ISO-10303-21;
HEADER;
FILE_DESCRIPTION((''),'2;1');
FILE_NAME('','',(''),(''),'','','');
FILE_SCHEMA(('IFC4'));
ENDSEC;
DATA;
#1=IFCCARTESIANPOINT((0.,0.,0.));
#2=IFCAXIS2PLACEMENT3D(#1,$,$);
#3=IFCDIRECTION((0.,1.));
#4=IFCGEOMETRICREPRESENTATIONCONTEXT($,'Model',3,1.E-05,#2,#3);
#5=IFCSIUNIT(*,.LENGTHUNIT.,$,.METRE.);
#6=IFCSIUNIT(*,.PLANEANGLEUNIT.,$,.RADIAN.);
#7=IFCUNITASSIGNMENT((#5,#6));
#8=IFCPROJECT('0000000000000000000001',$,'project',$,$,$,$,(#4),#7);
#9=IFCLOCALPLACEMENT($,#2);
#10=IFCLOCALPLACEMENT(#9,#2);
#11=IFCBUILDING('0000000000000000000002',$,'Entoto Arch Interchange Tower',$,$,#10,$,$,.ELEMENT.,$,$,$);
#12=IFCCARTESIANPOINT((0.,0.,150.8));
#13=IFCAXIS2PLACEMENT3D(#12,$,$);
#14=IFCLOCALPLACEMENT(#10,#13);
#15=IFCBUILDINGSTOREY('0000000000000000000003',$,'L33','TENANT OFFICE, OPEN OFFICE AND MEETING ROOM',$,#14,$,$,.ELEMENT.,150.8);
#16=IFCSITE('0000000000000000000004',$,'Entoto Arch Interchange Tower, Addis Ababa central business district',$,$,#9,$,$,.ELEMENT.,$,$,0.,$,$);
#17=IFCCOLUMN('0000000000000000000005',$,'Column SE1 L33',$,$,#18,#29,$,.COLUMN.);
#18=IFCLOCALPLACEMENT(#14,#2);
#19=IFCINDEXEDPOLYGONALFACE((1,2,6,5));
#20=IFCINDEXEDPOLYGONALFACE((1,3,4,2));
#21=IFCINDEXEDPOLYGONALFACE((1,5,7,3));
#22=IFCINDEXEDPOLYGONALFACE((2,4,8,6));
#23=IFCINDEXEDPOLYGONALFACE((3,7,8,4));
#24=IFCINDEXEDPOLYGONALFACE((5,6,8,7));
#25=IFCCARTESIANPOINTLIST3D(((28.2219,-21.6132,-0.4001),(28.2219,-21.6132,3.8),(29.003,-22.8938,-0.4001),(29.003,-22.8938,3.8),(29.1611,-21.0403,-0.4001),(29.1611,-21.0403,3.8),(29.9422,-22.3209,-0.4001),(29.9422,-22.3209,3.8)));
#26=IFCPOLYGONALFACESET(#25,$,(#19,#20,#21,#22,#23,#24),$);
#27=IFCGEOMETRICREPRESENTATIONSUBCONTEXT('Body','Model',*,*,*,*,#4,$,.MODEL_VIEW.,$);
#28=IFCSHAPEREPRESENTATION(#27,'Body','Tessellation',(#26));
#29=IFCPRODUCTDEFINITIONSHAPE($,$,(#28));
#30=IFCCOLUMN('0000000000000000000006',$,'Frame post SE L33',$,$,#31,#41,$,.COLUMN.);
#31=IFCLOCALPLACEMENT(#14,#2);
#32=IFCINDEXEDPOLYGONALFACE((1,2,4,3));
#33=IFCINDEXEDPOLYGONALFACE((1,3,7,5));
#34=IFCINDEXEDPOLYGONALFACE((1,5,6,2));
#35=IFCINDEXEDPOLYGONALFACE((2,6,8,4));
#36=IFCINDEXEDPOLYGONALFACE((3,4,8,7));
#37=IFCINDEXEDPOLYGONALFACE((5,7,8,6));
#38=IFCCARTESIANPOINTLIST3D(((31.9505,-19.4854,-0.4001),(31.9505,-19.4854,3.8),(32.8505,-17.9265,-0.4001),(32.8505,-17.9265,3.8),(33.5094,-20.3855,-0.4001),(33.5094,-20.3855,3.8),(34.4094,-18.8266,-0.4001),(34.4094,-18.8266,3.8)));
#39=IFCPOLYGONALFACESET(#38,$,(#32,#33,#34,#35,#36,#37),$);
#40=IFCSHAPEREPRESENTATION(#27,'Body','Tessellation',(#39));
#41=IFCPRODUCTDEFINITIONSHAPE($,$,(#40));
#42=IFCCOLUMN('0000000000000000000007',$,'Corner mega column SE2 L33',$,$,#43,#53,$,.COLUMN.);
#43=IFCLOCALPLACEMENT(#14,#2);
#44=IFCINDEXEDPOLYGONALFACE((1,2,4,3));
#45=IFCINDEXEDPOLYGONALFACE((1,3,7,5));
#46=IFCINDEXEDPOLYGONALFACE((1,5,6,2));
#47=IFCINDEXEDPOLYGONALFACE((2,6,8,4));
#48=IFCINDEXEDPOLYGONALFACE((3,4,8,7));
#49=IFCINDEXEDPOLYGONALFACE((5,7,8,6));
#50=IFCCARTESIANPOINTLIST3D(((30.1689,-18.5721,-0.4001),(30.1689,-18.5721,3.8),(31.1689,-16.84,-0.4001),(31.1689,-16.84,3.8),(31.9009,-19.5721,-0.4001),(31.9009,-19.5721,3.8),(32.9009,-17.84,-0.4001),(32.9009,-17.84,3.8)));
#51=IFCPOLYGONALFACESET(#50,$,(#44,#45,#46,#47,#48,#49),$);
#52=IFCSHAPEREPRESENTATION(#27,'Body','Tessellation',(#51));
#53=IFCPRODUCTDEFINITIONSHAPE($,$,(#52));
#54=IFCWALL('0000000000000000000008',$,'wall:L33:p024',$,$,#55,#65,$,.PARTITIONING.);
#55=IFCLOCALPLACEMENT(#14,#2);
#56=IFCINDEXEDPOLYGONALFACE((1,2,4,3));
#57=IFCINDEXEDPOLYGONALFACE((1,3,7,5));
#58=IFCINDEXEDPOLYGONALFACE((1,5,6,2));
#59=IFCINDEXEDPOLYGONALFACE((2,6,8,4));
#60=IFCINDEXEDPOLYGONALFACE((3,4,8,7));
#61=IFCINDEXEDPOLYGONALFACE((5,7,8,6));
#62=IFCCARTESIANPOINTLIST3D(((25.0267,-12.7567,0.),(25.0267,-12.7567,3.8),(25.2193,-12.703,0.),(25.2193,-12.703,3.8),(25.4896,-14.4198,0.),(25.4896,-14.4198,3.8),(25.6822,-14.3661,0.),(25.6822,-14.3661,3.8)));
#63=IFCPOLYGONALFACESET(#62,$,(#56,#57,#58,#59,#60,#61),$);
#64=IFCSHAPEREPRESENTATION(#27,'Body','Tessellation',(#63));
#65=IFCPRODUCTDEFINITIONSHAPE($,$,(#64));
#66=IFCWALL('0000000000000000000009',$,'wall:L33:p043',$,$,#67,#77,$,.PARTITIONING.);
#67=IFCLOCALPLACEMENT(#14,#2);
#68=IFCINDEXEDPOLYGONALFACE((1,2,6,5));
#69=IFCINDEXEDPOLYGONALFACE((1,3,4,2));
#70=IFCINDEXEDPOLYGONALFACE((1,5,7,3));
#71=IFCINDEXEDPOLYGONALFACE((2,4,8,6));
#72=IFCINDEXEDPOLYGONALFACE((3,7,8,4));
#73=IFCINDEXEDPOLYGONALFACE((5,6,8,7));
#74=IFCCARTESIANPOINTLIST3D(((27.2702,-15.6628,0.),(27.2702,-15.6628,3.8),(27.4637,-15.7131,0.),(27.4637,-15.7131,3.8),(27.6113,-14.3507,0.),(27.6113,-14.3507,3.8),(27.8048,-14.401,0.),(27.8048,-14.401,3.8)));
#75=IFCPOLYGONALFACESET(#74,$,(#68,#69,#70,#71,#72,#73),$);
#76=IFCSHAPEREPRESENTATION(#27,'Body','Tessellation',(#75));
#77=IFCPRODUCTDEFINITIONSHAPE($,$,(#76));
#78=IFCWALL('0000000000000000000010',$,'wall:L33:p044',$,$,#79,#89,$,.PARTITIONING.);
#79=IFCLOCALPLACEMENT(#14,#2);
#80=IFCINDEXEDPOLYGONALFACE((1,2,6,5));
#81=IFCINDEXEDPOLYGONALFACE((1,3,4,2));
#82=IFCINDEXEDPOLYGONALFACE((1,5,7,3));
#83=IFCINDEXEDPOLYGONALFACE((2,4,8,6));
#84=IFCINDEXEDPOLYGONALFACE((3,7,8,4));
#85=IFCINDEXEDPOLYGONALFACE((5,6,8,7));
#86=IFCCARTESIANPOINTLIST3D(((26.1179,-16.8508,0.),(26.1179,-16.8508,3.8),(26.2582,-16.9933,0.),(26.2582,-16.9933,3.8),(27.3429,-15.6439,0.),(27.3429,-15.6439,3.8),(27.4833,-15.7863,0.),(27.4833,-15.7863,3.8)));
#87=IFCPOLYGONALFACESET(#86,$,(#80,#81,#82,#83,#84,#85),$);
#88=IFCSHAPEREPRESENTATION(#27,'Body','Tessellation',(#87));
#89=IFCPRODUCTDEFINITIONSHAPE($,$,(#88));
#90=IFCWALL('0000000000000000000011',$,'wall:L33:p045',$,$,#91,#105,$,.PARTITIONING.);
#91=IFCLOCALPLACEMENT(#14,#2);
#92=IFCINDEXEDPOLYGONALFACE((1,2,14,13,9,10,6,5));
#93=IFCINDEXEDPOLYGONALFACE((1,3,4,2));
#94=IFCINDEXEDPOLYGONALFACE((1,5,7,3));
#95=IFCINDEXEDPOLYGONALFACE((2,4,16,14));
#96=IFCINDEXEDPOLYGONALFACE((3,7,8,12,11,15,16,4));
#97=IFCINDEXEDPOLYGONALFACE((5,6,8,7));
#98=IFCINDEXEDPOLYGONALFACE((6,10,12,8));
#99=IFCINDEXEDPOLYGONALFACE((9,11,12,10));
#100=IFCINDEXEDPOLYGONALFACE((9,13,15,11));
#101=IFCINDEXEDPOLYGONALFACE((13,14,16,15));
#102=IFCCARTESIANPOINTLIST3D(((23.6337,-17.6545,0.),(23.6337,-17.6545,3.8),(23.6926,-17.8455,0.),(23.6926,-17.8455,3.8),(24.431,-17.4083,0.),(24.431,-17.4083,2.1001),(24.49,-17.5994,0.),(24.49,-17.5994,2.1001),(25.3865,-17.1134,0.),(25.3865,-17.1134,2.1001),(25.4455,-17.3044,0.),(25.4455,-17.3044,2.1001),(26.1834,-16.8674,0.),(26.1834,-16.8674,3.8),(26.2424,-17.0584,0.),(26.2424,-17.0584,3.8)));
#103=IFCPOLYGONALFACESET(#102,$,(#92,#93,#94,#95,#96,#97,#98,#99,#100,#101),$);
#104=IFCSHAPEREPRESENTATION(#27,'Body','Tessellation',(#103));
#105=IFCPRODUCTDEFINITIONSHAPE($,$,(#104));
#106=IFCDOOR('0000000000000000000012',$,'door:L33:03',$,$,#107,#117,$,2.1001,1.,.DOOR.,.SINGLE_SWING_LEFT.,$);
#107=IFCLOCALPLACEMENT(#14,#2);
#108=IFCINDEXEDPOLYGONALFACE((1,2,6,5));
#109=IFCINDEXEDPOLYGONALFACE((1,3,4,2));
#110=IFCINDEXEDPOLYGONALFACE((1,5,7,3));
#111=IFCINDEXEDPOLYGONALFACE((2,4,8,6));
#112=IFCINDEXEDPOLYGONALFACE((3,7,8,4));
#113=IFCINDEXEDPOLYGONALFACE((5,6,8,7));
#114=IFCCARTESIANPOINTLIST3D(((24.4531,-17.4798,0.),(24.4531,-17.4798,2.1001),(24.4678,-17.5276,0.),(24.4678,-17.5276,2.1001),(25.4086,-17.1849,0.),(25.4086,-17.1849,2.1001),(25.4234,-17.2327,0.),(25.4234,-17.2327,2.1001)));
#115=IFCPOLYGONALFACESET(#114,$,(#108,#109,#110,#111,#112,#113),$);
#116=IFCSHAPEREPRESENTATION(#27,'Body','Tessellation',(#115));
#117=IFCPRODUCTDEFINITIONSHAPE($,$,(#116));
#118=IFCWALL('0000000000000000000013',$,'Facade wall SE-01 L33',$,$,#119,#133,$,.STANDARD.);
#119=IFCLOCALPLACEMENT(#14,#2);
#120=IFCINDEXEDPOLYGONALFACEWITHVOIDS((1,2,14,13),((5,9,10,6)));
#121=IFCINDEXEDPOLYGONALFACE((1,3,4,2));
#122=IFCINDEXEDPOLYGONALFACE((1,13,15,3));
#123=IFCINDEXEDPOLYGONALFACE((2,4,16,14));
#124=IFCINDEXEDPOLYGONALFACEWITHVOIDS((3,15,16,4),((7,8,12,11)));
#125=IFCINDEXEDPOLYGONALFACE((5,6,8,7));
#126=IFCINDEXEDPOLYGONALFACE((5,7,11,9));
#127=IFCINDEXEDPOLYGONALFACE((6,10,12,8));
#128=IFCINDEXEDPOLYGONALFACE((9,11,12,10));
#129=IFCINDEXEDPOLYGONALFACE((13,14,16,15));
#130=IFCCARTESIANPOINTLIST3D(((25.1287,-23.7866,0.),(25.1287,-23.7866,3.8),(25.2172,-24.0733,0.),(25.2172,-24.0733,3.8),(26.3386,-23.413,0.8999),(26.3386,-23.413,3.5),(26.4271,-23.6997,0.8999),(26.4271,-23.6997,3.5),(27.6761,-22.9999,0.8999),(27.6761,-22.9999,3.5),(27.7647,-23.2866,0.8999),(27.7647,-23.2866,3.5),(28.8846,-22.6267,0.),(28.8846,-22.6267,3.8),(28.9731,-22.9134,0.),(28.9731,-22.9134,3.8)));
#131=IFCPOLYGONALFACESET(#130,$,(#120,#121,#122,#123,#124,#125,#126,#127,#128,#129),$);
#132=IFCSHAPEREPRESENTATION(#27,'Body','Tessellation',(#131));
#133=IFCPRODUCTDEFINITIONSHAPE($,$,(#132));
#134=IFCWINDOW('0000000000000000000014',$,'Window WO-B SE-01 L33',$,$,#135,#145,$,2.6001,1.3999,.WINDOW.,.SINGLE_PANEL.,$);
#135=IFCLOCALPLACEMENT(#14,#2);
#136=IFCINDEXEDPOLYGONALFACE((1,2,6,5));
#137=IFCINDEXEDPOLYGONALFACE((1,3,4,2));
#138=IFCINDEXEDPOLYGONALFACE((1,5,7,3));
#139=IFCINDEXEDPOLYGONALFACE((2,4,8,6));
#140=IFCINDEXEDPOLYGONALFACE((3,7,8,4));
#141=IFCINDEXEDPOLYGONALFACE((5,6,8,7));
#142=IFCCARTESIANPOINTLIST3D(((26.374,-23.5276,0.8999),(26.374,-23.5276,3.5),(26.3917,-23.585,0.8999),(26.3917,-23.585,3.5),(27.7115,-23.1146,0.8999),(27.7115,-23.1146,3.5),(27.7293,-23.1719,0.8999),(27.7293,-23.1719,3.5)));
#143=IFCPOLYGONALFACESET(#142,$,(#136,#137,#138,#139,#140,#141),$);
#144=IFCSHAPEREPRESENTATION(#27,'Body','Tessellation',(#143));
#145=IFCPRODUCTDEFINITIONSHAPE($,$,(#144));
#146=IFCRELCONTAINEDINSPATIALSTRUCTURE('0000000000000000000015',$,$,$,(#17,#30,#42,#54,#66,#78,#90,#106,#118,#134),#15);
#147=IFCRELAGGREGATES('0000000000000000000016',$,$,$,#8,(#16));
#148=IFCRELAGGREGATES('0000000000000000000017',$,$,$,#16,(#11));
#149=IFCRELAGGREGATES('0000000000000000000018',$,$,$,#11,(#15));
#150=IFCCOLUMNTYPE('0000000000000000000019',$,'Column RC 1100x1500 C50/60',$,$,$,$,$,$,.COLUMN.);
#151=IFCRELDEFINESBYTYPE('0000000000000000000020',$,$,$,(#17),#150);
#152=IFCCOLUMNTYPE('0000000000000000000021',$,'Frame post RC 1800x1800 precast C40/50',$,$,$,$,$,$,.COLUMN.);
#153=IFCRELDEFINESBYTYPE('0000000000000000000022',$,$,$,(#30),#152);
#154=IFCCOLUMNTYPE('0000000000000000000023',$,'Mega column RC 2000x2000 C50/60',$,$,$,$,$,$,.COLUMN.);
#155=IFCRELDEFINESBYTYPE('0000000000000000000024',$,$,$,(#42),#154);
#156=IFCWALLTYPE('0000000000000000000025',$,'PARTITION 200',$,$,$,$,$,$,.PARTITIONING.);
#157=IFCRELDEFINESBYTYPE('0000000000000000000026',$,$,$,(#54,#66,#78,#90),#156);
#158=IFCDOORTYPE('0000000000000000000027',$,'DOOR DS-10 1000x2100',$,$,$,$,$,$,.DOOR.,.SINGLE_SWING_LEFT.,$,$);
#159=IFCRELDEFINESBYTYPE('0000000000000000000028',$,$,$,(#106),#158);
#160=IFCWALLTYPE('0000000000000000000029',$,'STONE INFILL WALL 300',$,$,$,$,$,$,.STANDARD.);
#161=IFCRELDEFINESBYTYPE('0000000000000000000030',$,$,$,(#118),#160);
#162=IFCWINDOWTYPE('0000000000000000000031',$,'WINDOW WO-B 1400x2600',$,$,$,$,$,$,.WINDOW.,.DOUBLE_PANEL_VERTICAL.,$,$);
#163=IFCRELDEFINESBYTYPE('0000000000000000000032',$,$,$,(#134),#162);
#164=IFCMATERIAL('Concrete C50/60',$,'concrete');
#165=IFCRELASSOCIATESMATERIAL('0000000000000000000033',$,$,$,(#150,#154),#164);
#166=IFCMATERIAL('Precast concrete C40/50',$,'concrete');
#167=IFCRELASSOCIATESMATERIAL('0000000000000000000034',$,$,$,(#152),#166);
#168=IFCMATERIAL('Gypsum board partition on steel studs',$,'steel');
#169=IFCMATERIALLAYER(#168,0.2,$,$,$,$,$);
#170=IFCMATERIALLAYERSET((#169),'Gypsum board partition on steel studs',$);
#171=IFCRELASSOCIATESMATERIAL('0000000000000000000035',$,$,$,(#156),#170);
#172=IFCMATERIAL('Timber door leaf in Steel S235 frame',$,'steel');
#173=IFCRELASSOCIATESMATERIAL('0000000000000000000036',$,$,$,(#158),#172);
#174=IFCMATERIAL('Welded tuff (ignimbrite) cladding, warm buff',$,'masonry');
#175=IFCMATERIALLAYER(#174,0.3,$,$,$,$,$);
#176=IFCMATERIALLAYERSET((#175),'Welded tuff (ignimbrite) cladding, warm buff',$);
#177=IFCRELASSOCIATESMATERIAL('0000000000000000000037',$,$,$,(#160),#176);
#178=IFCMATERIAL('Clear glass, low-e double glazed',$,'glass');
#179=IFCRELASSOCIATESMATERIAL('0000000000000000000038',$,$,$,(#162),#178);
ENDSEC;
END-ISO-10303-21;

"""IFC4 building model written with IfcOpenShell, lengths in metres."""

from ifc_helpers import new_model, si_unit, direction, frame, frame_2d, origin, origin_2d, place, context, subcontext, project, spatial, rectangle, extrude, material, layer, layer_set, material_profile, profile_set, type_object, element, fill, save


model = new_model("IFC4")

# Units and contexts
model_context = context("Model", 3, precision=1e-05, world=origin(), true_north=direction((0.0, 1.0)))
body_context = subcontext(model_context, "Body", "Model", "MODEL_VIEW")
ifc_project = project(units=[si_unit("LENGTHUNIT", "METRE"), si_unit("PLANEANGLEUNIT", "RADIAN")], contexts=[model_context])

# Site, building, storey
site_placement = place(None, origin())
site = spatial("IfcSite", under=ifc_project, at=site_placement, Name="Entoto Arch Interchange Tower, Addis Ababa central business district", CompositionType="ELEMENT", RefElevation=0.0)
building_placement = place(site_placement, origin())
building = spatial("IfcBuilding", under=site, at=building_placement, Name="Entoto Arch Interchange Tower", CompositionType="ELEMENT")
storey_placement = place(building_placement, frame((0.0, 0.0, 150.8)))
storey = spatial("IfcBuildingStorey", under=building, at=storey_placement, Name="L33", Description="TENANT OFFICE, OPEN OFFICE AND MEETING ROOM", CompositionType="ELEMENT", Elevation=150.8)

# Columns
ifc_material_1 = material(Name="Concrete C50/60", Category="concrete")
ifc_material_profile_1 = material_profile(ifc_material_1, rectangle(XDim=1.1001, YDim=1.5, at=origin_2d()))
ifc_profile_set_1 = profile_set([ifc_material_profile_1], Name="Concrete C50/60")
column_type_1 = type_object("IfcColumnType", Name="Column RC 1100x1500 C50/60", PredefinedType="COLUMN", material=ifc_profile_set_1)
column_1_placement = place(storey_placement, frame((29.082, -21.967, -0.4001), z_axis=(0.0, 0.0, 1.0), x_axis=(0.853714, 0.520741, 0.0)))
element("IfcColumn", 1, at=column_1_placement, inside=storey, type_object=column_type_1, Name="Column SE1 L33", PredefinedType="COLUMN", context=body_context, shape_type="SweptSolid", body=[
    extrude(rectangle(XDim=1.1001, YDim=1.5, at=origin_2d()), origin(), (0.0, 0.0, 1.0), 4.2002),
])
ifc_material_2 = material(Name="Precast concrete C40/50", Category="concrete")
ifc_material_profile_2 = material_profile(ifc_material_2, rectangle(XDim=1.8, YDim=1.8, at=origin_2d()))
ifc_profile_set_2 = profile_set([ifc_material_profile_2], Name="Precast concrete C40/50")
column_type_2 = type_object("IfcColumnType", Name="Frame post RC 1800x1800 precast C40/50", PredefinedType="COLUMN", material=ifc_profile_set_2)
column_2_placement = place(storey_placement, frame((33.1799, -19.156, -0.4001), z_axis=(0.0, 0.0, 1.0), x_axis=(-0.866025, 0.5, 0.0)))
element("IfcColumn", 2, at=column_2_placement, inside=storey, type_object=column_type_2, Name="Frame post SE L33", PredefinedType="COLUMN", context=body_context, shape_type="SweptSolid", body=[
    extrude(rectangle(XDim=1.8, YDim=1.8, at=origin_2d()), origin(), (0.0, 0.0, 1.0), 4.2002),
])
ifc_material_profile_3 = material_profile(ifc_material_1, rectangle(XDim=2.0, YDim=2.0, at=origin_2d()))
ifc_profile_set_3 = profile_set([ifc_material_profile_3], Name="Concrete C50/60")
column_type_3 = type_object("IfcColumnType", Name="Mega column RC 2000x2000 C50/60", PredefinedType="COLUMN", material=ifc_profile_set_3)
column_3_placement = place(storey_placement, frame((31.5349, -18.2061, -0.4001), z_axis=(0.0, 0.0, 1.0), x_axis=(-0.866025, 0.5, 0.0)))
element("IfcColumn", 3, at=column_3_placement, inside=storey, type_object=column_type_3, Name="Corner mega column SE2 L33", PredefinedType="COLUMN", context=body_context, shape_type="SweptSolid", body=[
    extrude(rectangle(XDim=2.0, YDim=2.0, at=origin_2d()), origin(), (0.0, 0.0, 1.0), 4.2002),
])

# Walls
ifc_material_3 = material(Name="Gypsum board partition on steel studs", Category="steel")
ifc_layer_1 = layer(ifc_material_3, 0.2)
ifc_layer_set_1 = layer_set([ifc_layer_1], Name="Gypsum board partition on steel studs")
wall_type_1 = type_object("IfcWallType", Name="PARTITION 200", PredefinedType="PARTITIONING", material=ifc_layer_set_1)
wall_1_placement = place(storey_placement, frame((25.5859, -14.3931, 0.0), z_axis=(0.0, 0.0, 1.0), x_axis=(-0.26814, 0.96338, 0.0)))
element("IfcWall", 4, at=wall_1_placement, inside=storey, type_object=wall_type_1, Name="wall:L33:p024", PredefinedType="PARTITIONING", context=body_context, shape_type="SweptSolid", body=[
    extrude(rectangle(XDim=1.7263, YDim=0.2, at=frame_2d((0.8633, 0.0))), origin(), (0.0, 0.0, 1.0), 3.8),
])
wall_2_placement = place(storey_placement, frame((27.708, -14.376, 0.0), z_axis=(0.0, 0.0, 1.0), x_axis=(-0.251593, -0.967833, 0.0)))
element("IfcWall", 5, at=wall_2_placement, inside=storey, type_object=wall_type_1, Name="wall:L33:p043", PredefinedType="PARTITIONING", context=body_context, shape_type="SweptSolid", body=[
    extrude(rectangle(XDim=1.3557, YDim=0.2, at=frame_2d((0.6777, 0.0))), origin(), (0.0, 0.0, 1.0), 3.8),
])
wall_3_placement = place(storey_placement, frame((27.4131, -15.7151, 0.0), z_axis=(0.0, 0.0, 1.0), x_axis=(-0.71234, -0.701835, 0.0)))
element("IfcWall", 6, at=wall_3_placement, inside=storey, type_object=wall_type_1, Name="wall:L33:p044", PredefinedType="PARTITIONING", context=body_context, shape_type="SweptSolid", body=[
    extrude(rectangle(XDim=1.7197, YDim=0.2, at=frame_2d((0.8599, 0.0))), origin(), (0.0, 0.0, 1.0), 3.8),
])

# Wall, opening, door
wall_4_placement = place(storey_placement, frame((26.2129, -16.9629, 0.0), z_axis=(0.0, 0.0, 1.0), x_axis=(-0.95551, -0.29496, 0.0)))
wall_4 = element("IfcWall", 7, at=wall_4_placement, inside=storey, type_object=wall_type_1, Name="wall:L33:p045", PredefinedType="PARTITIONING", context=body_context, shape_type="SweptSolid", body=[
    extrude(rectangle(XDim=2.6685, YDim=0.2, at=frame_2d((1.3342, 0.0))), origin(), (0.0, 0.0, 1.0), 3.8),
])
opening_1_placement = place(wall_4_placement, frame((0.834, 0.0, 0.0)))
opening_1 = element("IfcOpeningElement", 8, at=opening_1_placement, cuts=wall_4, PredefinedType="OPENING", context=body_context, shape_type="SweptSolid", body=[
    extrude(rectangle(XDim=1.0, YDim=2.1001, at=frame_2d((0.5, 1.05))), frame((0.0, 0.1099, 0.0), z_axis=(0.0, -1.0, 0.0), x_axis=(1.0, 0.0, 0.0)), (0.0, 0.0, 1.0), 0.22),
])
ifc_material_4 = material(Name="Timber door leaf in Steel S235 frame", Category="steel")
door_type = type_object("IfcDoorType", Name="DOOR DS-10 1000x2100", OperationType="SINGLE_SWING_LEFT", PredefinedType="DOOR", material=ifc_material_4)
door_placement = place(opening_1_placement, origin())
door = element("IfcDoor", 9, at=door_placement, inside=storey, type_object=door_type, Name="door:L33:03", OperationType="SINGLE_SWING_LEFT", OverallHeight=2.1001, OverallWidth=1.0, PredefinedType="DOOR", context=body_context, shape_type="SweptSolid", body=[
    extrude(rectangle(XDim=1.0, YDim=2.1001, at=frame_2d((0.5, 1.05))), frame((0.0, 0.0249, 0.0), z_axis=(0.0, -1.0, 0.0), x_axis=(1.0, 0.0, 0.0)), (0.0, 0.0, 1.0), 0.05),
])
fill(opening_1, door)

# Wall, opening, window
ifc_material_5 = material(Name="Welded tuff (ignimbrite) cladding, warm buff", Category="masonry")
ifc_layer_2 = layer(ifc_material_5, 0.3)
ifc_layer_set_2 = layer_set([ifc_layer_2], Name="Welded tuff (ignimbrite) cladding, warm buff")
wall_type_2 = type_object("IfcWallType", Name="STONE INFILL WALL 300", PredefinedType="STANDARD", material=ifc_layer_set_2)
wall_5_placement = place(storey_placement, frame((25.1731, -23.9299, 0.0), z_axis=(0.0, 0.0, 1.0), x_axis=(0.955474, 0.295076, 0.0)))
wall_5 = element("IfcWall", 10, at=wall_5_placement, inside=storey, type_object=wall_type_2, Name="Facade wall SE-01 L33", PredefinedType="STANDARD", context=body_context, shape_type="SweptSolid", body=[
    extrude(rectangle(XDim=3.9309, YDim=0.3, at=frame_2d((1.9653, 0.0))), origin(), (0.0, 0.0, 1.0), 3.8),
])
opening_2_placement = place(wall_5_placement, frame((1.2661, 0.0, 0.8999)))
opening_2 = element("IfcOpeningElement", 11, at=opening_2_placement, cuts=wall_5, PredefinedType="OPENING", context=body_context, shape_type="SweptSolid", body=[
    extrude(rectangle(XDim=1.3999, YDim=2.6001, at=frame_2d((0.7, 1.3))), frame((0.0, 0.1602, 0.0), z_axis=(0.0, -1.0, 0.0), x_axis=(1.0, 0.0, 0.0)), (0.0, 0.0, 1.0), 0.3201),
])
ifc_material_6 = material(Name="Clear glass, low-e double glazed", Category="glass")
window_type = type_object("IfcWindowType", Name="WINDOW WO-B 1400x2600", PartitioningType="DOUBLE_PANEL_VERTICAL", PredefinedType="WINDOW", material=ifc_material_6)
window_1_placement = place(opening_2_placement, origin())
window_1 = element("IfcWindow", 12, at=window_1_placement, inside=storey, type_object=window_type, Name="Window WO-B SE-01 L33", OverallHeight=2.6001, OverallWidth=1.3999, PartitioningType="SINGLE_PANEL", PredefinedType="WINDOW", context=body_context, shape_type="SweptSolid", body=[
    extrude(rectangle(XDim=1.3999, YDim=2.6001, at=frame_2d((0.7, 1.3))), frame((0.0, 0.03, 0.0), z_axis=(0.0, -1.0, 0.0), x_axis=(1.0, 0.0, 0.0)), (0.0, 0.0, 1.0), 0.0601),
])
fill(opening_2, window_1)

save(model, "model.ifc")
